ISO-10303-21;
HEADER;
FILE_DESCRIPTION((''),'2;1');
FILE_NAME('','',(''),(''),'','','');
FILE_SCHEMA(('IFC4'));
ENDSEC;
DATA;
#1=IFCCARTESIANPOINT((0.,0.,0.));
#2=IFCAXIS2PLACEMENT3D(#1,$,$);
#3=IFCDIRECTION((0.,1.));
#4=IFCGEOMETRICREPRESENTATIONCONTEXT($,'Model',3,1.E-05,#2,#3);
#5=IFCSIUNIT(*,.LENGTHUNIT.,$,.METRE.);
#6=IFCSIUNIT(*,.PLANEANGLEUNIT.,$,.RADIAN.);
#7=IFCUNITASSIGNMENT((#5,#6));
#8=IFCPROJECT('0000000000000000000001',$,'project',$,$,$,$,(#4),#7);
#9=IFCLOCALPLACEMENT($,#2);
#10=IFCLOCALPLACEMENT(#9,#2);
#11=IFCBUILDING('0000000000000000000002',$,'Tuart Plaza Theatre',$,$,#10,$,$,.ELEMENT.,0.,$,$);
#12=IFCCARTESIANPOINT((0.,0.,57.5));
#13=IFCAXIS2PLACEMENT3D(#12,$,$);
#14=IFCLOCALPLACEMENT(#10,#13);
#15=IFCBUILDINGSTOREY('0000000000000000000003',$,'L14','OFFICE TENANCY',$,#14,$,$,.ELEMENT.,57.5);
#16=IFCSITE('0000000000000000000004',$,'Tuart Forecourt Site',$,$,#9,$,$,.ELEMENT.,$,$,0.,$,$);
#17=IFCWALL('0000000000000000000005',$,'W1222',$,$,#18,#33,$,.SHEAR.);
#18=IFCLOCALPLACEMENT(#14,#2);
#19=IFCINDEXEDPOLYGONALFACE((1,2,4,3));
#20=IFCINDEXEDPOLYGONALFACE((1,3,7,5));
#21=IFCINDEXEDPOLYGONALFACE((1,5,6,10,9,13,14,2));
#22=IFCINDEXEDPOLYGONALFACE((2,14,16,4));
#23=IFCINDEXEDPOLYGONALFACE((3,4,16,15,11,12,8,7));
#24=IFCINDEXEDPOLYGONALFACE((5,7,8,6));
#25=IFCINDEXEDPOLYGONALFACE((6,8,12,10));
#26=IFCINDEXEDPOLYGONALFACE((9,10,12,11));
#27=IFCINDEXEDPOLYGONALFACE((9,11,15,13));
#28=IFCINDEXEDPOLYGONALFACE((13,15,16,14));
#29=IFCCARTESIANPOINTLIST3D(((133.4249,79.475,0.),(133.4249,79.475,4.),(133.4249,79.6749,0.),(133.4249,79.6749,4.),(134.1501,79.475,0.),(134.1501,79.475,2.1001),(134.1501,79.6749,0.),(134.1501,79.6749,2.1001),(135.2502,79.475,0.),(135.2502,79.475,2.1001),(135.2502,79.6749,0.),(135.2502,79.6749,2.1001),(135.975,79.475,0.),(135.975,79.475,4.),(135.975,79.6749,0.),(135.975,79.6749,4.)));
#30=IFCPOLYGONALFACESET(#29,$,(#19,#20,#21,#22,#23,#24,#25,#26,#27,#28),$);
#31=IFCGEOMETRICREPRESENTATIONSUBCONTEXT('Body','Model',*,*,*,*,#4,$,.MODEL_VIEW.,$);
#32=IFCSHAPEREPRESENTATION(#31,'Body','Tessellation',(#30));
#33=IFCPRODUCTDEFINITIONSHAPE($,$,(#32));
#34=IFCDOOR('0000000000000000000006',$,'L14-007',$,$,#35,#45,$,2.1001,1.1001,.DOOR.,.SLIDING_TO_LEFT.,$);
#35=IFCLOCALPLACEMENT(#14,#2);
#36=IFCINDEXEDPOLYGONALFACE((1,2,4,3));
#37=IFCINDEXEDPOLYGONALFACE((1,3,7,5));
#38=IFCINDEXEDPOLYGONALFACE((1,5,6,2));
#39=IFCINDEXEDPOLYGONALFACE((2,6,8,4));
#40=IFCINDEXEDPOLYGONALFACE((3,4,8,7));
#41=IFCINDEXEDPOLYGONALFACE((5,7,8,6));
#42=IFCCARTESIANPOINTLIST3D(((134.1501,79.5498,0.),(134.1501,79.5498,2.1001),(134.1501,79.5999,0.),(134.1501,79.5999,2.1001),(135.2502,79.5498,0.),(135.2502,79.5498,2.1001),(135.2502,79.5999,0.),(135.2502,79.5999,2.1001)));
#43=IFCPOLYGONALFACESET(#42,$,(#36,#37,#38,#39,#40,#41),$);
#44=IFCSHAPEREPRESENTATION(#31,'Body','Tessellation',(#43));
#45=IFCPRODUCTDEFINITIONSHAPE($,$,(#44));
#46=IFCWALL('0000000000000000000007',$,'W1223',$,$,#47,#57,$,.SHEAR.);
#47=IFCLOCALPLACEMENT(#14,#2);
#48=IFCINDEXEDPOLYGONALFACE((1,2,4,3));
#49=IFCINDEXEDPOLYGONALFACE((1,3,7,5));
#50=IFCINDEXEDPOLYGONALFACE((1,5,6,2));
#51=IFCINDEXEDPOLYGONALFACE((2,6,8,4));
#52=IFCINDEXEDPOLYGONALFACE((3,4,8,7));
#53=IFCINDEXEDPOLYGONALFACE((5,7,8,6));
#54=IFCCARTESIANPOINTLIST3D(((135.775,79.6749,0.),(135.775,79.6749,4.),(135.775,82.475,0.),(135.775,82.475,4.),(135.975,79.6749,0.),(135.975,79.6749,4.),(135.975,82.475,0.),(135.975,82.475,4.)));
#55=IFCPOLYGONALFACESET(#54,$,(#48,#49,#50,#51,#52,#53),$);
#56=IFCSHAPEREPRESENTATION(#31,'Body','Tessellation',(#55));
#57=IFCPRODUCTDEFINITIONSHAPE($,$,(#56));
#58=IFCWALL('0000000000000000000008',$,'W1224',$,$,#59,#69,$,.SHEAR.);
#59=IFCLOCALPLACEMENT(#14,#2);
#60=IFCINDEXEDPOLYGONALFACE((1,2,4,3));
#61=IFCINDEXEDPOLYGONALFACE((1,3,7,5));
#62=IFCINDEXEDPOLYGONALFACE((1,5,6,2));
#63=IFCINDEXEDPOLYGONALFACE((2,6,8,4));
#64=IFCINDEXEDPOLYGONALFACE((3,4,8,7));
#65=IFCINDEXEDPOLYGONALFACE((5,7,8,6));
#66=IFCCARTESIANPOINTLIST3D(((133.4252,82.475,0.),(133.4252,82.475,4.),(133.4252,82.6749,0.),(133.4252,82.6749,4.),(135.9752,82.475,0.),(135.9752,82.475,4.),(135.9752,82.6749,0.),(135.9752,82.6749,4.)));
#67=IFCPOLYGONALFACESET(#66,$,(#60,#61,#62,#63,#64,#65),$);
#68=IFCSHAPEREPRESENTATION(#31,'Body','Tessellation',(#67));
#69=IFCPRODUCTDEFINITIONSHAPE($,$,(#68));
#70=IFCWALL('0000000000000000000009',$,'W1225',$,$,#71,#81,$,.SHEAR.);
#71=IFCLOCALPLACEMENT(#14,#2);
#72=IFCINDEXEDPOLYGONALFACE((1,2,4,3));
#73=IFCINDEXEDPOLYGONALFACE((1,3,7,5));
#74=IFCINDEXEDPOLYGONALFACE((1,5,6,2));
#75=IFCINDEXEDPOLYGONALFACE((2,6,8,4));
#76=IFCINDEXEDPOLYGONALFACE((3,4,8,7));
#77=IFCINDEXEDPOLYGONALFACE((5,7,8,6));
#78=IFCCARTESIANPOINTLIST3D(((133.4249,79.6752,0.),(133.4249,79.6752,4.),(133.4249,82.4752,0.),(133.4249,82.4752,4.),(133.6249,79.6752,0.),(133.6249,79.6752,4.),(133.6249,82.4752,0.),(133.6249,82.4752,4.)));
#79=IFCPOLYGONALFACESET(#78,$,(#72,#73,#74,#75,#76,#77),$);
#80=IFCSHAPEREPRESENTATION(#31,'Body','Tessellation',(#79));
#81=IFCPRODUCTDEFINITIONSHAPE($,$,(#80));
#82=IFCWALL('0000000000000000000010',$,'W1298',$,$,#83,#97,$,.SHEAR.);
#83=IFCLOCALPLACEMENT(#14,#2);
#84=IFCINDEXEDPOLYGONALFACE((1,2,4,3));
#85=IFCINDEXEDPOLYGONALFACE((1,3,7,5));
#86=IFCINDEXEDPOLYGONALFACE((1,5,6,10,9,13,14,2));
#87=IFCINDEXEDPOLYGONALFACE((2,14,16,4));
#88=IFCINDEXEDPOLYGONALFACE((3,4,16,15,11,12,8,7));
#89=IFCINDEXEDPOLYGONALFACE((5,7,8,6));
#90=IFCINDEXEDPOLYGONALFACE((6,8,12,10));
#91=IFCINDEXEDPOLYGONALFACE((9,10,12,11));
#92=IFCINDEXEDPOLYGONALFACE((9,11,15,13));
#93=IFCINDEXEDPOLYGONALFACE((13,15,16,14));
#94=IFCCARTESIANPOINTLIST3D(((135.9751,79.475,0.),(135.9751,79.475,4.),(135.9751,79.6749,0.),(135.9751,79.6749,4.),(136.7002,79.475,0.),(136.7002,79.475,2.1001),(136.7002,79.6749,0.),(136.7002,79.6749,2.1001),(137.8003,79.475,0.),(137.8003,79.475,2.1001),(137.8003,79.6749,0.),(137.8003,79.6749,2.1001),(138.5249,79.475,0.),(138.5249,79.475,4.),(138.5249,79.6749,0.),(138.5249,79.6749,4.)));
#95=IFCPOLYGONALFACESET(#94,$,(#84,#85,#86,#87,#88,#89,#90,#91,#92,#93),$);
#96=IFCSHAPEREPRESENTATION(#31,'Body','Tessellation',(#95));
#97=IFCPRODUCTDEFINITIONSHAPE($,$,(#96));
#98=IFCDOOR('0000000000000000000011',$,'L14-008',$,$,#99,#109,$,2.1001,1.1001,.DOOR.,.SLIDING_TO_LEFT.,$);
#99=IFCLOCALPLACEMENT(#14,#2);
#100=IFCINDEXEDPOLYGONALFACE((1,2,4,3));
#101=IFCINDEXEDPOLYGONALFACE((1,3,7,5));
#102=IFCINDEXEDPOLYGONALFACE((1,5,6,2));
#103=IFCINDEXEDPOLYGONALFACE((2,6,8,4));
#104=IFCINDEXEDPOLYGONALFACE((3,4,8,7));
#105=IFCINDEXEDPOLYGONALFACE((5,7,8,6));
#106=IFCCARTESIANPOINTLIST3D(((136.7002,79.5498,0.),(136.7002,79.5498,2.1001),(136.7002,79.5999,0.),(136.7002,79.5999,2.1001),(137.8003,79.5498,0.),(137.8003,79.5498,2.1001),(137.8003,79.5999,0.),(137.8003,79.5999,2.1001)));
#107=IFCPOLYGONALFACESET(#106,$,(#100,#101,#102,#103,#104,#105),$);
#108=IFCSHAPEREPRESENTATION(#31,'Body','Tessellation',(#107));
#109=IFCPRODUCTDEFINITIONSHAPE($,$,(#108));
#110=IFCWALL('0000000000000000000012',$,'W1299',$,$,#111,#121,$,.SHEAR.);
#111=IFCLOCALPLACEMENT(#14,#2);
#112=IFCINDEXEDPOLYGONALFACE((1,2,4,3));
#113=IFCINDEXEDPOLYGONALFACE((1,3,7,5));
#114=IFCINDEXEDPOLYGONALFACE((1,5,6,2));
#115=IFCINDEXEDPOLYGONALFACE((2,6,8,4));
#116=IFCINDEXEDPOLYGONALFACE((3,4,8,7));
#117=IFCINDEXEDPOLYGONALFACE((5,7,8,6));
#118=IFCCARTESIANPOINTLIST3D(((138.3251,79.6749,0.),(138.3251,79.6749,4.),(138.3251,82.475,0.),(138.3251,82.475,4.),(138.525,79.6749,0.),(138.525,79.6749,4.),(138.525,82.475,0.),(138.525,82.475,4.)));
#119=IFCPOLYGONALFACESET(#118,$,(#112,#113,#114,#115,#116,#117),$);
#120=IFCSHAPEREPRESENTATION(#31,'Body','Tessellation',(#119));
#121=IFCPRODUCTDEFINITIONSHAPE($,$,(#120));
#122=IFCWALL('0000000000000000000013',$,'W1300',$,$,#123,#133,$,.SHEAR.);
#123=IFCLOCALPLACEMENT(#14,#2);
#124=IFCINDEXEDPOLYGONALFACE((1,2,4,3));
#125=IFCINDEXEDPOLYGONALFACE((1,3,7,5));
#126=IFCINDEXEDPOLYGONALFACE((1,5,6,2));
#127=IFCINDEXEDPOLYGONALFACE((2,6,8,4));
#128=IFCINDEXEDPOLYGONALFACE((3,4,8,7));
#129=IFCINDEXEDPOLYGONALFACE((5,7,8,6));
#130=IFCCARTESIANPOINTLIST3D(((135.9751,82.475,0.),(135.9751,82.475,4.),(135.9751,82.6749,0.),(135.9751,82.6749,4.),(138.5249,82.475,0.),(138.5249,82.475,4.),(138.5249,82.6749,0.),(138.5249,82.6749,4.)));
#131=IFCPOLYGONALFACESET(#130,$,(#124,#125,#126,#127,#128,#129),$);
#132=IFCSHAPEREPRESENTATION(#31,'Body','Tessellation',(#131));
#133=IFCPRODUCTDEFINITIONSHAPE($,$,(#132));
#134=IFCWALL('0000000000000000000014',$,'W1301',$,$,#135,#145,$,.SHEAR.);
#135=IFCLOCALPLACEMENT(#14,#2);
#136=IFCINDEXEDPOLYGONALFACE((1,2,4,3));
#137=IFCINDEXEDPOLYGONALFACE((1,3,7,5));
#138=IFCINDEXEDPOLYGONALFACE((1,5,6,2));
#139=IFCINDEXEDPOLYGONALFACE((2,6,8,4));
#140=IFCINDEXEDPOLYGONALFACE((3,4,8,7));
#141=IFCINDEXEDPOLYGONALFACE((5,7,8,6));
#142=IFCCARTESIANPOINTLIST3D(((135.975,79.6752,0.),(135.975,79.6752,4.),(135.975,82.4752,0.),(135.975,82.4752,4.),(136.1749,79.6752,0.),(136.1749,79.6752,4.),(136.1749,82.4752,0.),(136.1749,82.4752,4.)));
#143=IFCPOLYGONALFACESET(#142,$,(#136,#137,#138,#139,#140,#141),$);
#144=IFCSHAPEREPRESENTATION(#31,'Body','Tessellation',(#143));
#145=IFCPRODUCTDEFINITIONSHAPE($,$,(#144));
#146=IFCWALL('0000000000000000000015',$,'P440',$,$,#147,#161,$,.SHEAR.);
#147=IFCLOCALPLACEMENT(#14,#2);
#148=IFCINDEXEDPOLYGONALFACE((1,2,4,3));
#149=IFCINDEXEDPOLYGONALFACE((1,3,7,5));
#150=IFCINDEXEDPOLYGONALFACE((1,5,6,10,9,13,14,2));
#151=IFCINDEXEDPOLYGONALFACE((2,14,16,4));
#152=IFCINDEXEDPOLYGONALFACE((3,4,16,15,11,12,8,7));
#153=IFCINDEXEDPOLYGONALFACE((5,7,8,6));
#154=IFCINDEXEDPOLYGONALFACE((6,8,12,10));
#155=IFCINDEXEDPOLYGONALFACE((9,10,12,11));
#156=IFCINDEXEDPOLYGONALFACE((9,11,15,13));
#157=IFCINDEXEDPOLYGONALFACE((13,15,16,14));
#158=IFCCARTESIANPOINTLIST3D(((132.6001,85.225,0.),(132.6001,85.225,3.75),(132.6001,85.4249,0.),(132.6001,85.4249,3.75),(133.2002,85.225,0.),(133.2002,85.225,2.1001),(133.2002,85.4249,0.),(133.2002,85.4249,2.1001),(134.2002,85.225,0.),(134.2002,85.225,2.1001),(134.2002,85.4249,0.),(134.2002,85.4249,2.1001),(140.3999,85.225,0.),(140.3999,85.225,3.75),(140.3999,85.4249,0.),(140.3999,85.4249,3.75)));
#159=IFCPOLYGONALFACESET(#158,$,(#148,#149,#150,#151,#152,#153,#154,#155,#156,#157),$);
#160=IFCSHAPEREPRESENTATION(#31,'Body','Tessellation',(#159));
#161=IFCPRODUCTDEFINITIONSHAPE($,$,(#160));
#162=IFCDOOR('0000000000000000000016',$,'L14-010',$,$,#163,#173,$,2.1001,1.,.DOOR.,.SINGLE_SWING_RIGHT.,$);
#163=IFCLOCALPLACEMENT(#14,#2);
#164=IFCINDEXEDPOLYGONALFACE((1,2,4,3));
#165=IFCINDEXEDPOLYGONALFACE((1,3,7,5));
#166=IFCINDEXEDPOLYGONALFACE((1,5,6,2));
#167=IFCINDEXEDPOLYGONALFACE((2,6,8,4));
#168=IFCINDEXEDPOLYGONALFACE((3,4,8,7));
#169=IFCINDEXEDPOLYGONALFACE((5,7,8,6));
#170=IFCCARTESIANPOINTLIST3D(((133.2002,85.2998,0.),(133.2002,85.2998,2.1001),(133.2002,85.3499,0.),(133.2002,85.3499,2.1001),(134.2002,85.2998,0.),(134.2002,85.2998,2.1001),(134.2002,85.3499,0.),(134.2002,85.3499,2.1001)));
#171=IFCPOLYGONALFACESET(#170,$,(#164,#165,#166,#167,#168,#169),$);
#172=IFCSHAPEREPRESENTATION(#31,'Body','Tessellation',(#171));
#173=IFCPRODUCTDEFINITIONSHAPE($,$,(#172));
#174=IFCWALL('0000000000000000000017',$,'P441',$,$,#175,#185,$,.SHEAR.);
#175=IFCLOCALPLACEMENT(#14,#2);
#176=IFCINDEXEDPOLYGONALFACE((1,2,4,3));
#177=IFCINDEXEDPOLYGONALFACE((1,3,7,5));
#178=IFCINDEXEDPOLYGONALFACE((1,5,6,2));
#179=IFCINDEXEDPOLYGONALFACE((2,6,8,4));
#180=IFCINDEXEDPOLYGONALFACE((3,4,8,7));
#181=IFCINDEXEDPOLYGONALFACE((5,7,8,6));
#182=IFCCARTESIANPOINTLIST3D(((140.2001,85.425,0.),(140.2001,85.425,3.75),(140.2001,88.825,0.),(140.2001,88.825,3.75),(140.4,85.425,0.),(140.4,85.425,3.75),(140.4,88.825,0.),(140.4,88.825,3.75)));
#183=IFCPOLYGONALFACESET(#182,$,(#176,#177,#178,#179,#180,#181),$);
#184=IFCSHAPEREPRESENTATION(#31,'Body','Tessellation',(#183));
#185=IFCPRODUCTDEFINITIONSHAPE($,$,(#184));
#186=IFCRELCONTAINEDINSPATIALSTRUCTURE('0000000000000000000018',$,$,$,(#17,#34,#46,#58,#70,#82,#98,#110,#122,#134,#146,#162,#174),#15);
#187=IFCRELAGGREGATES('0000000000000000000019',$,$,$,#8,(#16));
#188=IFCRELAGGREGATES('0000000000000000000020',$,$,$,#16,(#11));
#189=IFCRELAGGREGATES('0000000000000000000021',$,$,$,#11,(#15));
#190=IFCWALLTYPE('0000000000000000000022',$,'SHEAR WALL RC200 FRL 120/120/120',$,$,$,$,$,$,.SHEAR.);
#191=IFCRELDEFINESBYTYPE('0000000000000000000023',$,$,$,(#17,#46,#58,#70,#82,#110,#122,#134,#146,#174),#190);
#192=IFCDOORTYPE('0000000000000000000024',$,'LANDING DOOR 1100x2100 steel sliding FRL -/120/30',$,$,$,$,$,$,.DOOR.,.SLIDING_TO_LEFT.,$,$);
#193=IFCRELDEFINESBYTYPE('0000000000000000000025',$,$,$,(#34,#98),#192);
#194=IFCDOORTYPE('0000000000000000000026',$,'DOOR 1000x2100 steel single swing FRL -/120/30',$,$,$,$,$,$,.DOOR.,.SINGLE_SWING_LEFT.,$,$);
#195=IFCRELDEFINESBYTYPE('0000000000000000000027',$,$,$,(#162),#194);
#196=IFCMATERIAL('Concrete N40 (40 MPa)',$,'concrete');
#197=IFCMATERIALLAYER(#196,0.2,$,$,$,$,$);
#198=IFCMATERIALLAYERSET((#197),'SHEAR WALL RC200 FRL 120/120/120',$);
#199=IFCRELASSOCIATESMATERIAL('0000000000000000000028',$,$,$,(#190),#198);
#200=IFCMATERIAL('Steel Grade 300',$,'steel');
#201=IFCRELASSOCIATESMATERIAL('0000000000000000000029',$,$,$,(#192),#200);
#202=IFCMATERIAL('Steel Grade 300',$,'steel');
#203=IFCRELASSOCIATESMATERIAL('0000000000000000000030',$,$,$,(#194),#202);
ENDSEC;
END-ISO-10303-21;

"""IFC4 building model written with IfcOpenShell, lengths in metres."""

from ifc_helpers import new_model, si_unit, direction, frame, frame_2d, origin, place, context, subcontext, project, spatial, rectangle, extrude, material, layer, layer_set, type_object, element, fill, save


model = new_model("IFC4")

# Units and contexts
model_context = context("Model", 3, precision=1e-05, world=origin(), true_north=direction((0.0, 1.0)))
body_context = subcontext(model_context, "Body", "Model", "MODEL_VIEW")
ifc_project = project(units=[si_unit("LENGTHUNIT", "METRE"), si_unit("PLANEANGLEUNIT", "RADIAN")], contexts=[model_context])

# Site, building, storey
site_placement = place(None, origin())
site = spatial("IfcSite", under=ifc_project, at=site_placement, Name="Tuart Forecourt Site", CompositionType="ELEMENT", RefElevation=0.0)
building_placement = place(site_placement, origin())
building = spatial("IfcBuilding", under=site, at=building_placement, Name="Tuart Plaza Theatre", CompositionType="ELEMENT", ElevationOfRefHeight=0.0)
storey_placement = place(building_placement, frame((0.0, 0.0, 57.5)))
storey = spatial("IfcBuildingStorey", under=building, at=storey_placement, Name="L14", Description="OFFICE TENANCY", CompositionType="ELEMENT", Elevation=57.5)

# Shared definitions
ifc_material_1 = material(Name="Concrete N40 (40 MPa)", Category="concrete")
ifc_layer_1 = layer(ifc_material_1, 0.2)
ifc_layer_set_1 = layer_set([ifc_layer_1], Name="SHEAR WALL RC200 FRL 120/120/120")
wall_type_1 = type_object("IfcWallType", Name="SHEAR WALL RC200 FRL 120/120/120", PredefinedType="SHEAR", material=ifc_layer_set_1)

# Wall, opening, door
wall_1_placement = place(storey_placement, frame((133.425, 79.575, 0.0), z_axis=(0.0, 0.0, 1.0), x_axis=(1.0, 0.0, 0.0)))
wall_1 = element("IfcWall", 1, at=wall_1_placement, inside=storey, type_object=wall_type_1, Name="W1222", PredefinedType="SHEAR", context=body_context, shape_type="SweptSolid", body=[
    extrude(rectangle(XDim=2.55, YDim=0.2, at=frame_2d((1.2749, 0.0))), origin(), (0.0, 0.0, 1.0), 4.0),
])
opening_1_placement = place(wall_1_placement, frame((0.7251, 0.0, 0.0)))
opening_1 = element("IfcOpeningElement", 2, at=opening_1_placement, cuts=wall_1, PredefinedType="OPENING", context=body_context, shape_type="SweptSolid", body=[
    extrude(rectangle(XDim=1.1001, YDim=2.1001, at=frame_2d((0.55, 1.05))), frame((0.0, 0.1099, 0.0), z_axis=(0.0, -1.0, 0.0), x_axis=(1.0, 0.0, 0.0)), (0.0, 0.0, 1.0), 0.22),
])
ifc_material_2 = material(Name="Steel Grade 300", Category="steel")
door_type_1 = type_object("IfcDoorType", Name="LANDING DOOR 1100x2100 steel sliding FRL -/120/30", OperationType="SLIDING_TO_LEFT", PredefinedType="DOOR", material=ifc_material_2)
door_1_placement = place(opening_1_placement, origin())
door_1 = element("IfcDoor", 3, at=door_1_placement, inside=storey, type_object=door_type_1, Name="L14-007", OperationType="SLIDING_TO_LEFT", OverallHeight=2.1001, OverallWidth=1.1001, PredefinedType="DOOR", context=body_context, shape_type="SweptSolid", body=[
    extrude(rectangle(XDim=1.1001, YDim=2.1001, at=frame_2d((0.55, 1.05))), frame((0.0, 0.0249, 0.0), z_axis=(0.0, -1.0, 0.0), x_axis=(1.0, 0.0, 0.0)), (0.0, 0.0, 1.0), 0.05),
])
fill(opening_1, door_1)

# Walls
wall_2_placement = place(storey_placement, frame((135.875, 79.675, 0.0), z_axis=(0.0, 0.0, 1.0), x_axis=(0.0, 1.0, 0.0)))
element("IfcWall", 4, at=wall_2_placement, inside=storey, type_object=wall_type_1, Name="W1223", PredefinedType="SHEAR", context=body_context, shape_type="SweptSolid", body=[
    extrude(rectangle(XDim=2.8, YDim=0.2, at=frame_2d((1.3999, 0.0))), origin(), (0.0, 0.0, 1.0), 4.0),
])
wall_3_placement = place(storey_placement, frame((135.9751, 82.575, 0.0), z_axis=(0.0, 0.0, 1.0), x_axis=(-1.0, 0.0, 0.0)))
element("IfcWall", 5, at=wall_3_placement, inside=storey, type_object=wall_type_1, Name="W1224", PredefinedType="SHEAR", context=body_context, shape_type="SweptSolid", body=[
    extrude(rectangle(XDim=2.55, YDim=0.2, at=frame_2d((1.2749, 0.0))), origin(), (0.0, 0.0, 1.0), 4.0),
])
wall_4_placement = place(storey_placement, frame((133.5249, 82.4751, 0.0), z_axis=(0.0, 0.0, 1.0), x_axis=(0.0, -1.0, 0.0)))
element("IfcWall", 6, at=wall_4_placement, inside=storey, type_object=wall_type_1, Name="W1225", PredefinedType="SHEAR", context=body_context, shape_type="SweptSolid", body=[
    extrude(rectangle(XDim=2.8, YDim=0.2, at=frame_2d((1.3999, 0.0))), origin(), (0.0, 0.0, 1.0), 4.0),
])

# Wall, opening, door
wall_5_placement = place(storey_placement, frame((135.9751, 79.575, 0.0), z_axis=(0.0, 0.0, 1.0), x_axis=(1.0, 0.0, 0.0)))
wall_5 = element("IfcWall", 7, at=wall_5_placement, inside=storey, type_object=wall_type_1, Name="W1298", PredefinedType="SHEAR", context=body_context, shape_type="SweptSolid", body=[
    extrude(rectangle(XDim=2.5498, YDim=0.2, at=frame_2d((1.2749, 0.0))), origin(), (0.0, 0.0, 1.0), 4.0),
])
opening_2_placement = place(wall_5_placement, frame((0.7251, 0.0, 0.0)))
opening_2 = element("IfcOpeningElement", 8, at=opening_2_placement, cuts=wall_5, PredefinedType="OPENING", context=body_context, shape_type="SweptSolid", body=[
    extrude(rectangle(XDim=1.1001, YDim=2.1001, at=frame_2d((0.55, 1.05))), frame((0.0, 0.1099, 0.0), z_axis=(0.0, -1.0, 0.0), x_axis=(1.0, 0.0, 0.0)), (0.0, 0.0, 1.0), 0.22),
])
door_2_placement = place(opening_2_placement, origin())
door_2 = element("IfcDoor", 9, at=door_2_placement, inside=storey, type_object=door_type_1, Name="L14-008", OperationType="SLIDING_TO_LEFT", OverallHeight=2.1001, OverallWidth=1.1001, PredefinedType="DOOR", context=body_context, shape_type="SweptSolid", body=[
    extrude(rectangle(XDim=1.1001, YDim=2.1001, at=frame_2d((0.55, 1.05))), frame((0.0, 0.0249, 0.0), z_axis=(0.0, -1.0, 0.0), x_axis=(1.0, 0.0, 0.0)), (0.0, 0.0, 1.0), 0.05),
])
fill(opening_2, door_2)

# Walls
wall_6_placement = place(storey_placement, frame((138.425, 79.675, 0.0), z_axis=(0.0, 0.0, 1.0), x_axis=(0.0, 1.0, 0.0)))
element("IfcWall", 10, at=wall_6_placement, inside=storey, type_object=wall_type_1, Name="W1299", PredefinedType="SHEAR", context=body_context, shape_type="SweptSolid", body=[
    extrude(rectangle(XDim=2.8, YDim=0.2, at=frame_2d((1.3999, 0.0))), origin(), (0.0, 0.0, 1.0), 4.0),
])
wall_7_placement = place(storey_placement, frame((138.5249, 82.575, 0.0), z_axis=(0.0, 0.0, 1.0), x_axis=(-1.0, 0.0, 0.0)))
element("IfcWall", 11, at=wall_7_placement, inside=storey, type_object=wall_type_1, Name="W1300", PredefinedType="SHEAR", context=body_context, shape_type="SweptSolid", body=[
    extrude(rectangle(XDim=2.5498, YDim=0.2, at=frame_2d((1.2749, 0.0))), origin(), (0.0, 0.0, 1.0), 4.0),
])
wall_8_placement = place(storey_placement, frame((136.075, 82.4751, 0.0), z_axis=(0.0, 0.0, 1.0), x_axis=(0.0, -1.0, 0.0)))
element("IfcWall", 12, at=wall_8_placement, inside=storey, type_object=wall_type_1, Name="W1301", PredefinedType="SHEAR", context=body_context, shape_type="SweptSolid", body=[
    extrude(rectangle(XDim=2.8, YDim=0.2, at=frame_2d((1.3999, 0.0))), origin(), (0.0, 0.0, 1.0), 4.0),
])

# Wall, opening, door
wall_9_placement = place(storey_placement, frame((132.6001, 85.325, 0.0), z_axis=(0.0, 0.0, 1.0), x_axis=(1.0, 0.0, 0.0)))
wall_9 = element("IfcWall", 13, at=wall_9_placement, inside=storey, type_object=wall_type_1, Name="P440", PredefinedType="SHEAR", context=body_context, shape_type="SweptSolid", body=[
    extrude(rectangle(XDim=7.7998, YDim=0.2, at=frame_2d((3.8999, 0.0))), origin(), (0.0, 0.0, 1.0), 3.75),
])
opening_3_placement = place(wall_9_placement, frame((0.6001, 0.0, 0.0)))
opening_3 = element("IfcOpeningElement", 14, at=opening_3_placement, cuts=wall_9, PredefinedType="OPENING", context=body_context, shape_type="SweptSolid", body=[
    extrude(rectangle(XDim=1.0, YDim=2.1001, at=frame_2d((0.5, 1.05))), frame((0.0, 0.1099, 0.0), z_axis=(0.0, -1.0, 0.0), x_axis=(1.0, 0.0, 0.0)), (0.0, 0.0, 1.0), 0.22),
])
ifc_material_3 = material(Name="Steel Grade 300", Category="steel")
door_type_2 = type_object("IfcDoorType", Name="DOOR 1000x2100 steel single swing FRL -/120/30", OperationType="SINGLE_SWING_LEFT", PredefinedType="DOOR", material=ifc_material_3)
door_3_placement = place(opening_3_placement, origin())
door_3 = element("IfcDoor", 15, at=door_3_placement, inside=storey, type_object=door_type_2, Name="L14-010", OperationType="SINGLE_SWING_RIGHT", OverallHeight=2.1001, OverallWidth=1.0, PredefinedType="DOOR", context=body_context, shape_type="SweptSolid", body=[
    extrude(rectangle(XDim=1.0, YDim=2.1001, at=frame_2d((0.5, 1.05))), frame((0.0, 0.0249, 0.0), z_axis=(0.0, -1.0, 0.0), x_axis=(1.0, 0.0, 0.0)), (0.0, 0.0, 1.0), 0.05),
])
fill(opening_3, door_3)

# Wall
wall_10_placement = place(storey_placement, frame((140.3, 85.425, 0.0), z_axis=(0.0, 0.0, 1.0), x_axis=(0.0, 1.0, 0.0)))
element("IfcWall", 16, at=wall_10_placement, inside=storey, type_object=wall_type_1, Name="P441", PredefinedType="SHEAR", context=body_context, shape_type="SweptSolid", body=[
    extrude(rectangle(XDim=3.3999, YDim=0.2, at=frame_2d((1.7, 0.0))), origin(), (0.0, 0.0, 1.0), 3.75),
])

save(model, "model.ifc")
